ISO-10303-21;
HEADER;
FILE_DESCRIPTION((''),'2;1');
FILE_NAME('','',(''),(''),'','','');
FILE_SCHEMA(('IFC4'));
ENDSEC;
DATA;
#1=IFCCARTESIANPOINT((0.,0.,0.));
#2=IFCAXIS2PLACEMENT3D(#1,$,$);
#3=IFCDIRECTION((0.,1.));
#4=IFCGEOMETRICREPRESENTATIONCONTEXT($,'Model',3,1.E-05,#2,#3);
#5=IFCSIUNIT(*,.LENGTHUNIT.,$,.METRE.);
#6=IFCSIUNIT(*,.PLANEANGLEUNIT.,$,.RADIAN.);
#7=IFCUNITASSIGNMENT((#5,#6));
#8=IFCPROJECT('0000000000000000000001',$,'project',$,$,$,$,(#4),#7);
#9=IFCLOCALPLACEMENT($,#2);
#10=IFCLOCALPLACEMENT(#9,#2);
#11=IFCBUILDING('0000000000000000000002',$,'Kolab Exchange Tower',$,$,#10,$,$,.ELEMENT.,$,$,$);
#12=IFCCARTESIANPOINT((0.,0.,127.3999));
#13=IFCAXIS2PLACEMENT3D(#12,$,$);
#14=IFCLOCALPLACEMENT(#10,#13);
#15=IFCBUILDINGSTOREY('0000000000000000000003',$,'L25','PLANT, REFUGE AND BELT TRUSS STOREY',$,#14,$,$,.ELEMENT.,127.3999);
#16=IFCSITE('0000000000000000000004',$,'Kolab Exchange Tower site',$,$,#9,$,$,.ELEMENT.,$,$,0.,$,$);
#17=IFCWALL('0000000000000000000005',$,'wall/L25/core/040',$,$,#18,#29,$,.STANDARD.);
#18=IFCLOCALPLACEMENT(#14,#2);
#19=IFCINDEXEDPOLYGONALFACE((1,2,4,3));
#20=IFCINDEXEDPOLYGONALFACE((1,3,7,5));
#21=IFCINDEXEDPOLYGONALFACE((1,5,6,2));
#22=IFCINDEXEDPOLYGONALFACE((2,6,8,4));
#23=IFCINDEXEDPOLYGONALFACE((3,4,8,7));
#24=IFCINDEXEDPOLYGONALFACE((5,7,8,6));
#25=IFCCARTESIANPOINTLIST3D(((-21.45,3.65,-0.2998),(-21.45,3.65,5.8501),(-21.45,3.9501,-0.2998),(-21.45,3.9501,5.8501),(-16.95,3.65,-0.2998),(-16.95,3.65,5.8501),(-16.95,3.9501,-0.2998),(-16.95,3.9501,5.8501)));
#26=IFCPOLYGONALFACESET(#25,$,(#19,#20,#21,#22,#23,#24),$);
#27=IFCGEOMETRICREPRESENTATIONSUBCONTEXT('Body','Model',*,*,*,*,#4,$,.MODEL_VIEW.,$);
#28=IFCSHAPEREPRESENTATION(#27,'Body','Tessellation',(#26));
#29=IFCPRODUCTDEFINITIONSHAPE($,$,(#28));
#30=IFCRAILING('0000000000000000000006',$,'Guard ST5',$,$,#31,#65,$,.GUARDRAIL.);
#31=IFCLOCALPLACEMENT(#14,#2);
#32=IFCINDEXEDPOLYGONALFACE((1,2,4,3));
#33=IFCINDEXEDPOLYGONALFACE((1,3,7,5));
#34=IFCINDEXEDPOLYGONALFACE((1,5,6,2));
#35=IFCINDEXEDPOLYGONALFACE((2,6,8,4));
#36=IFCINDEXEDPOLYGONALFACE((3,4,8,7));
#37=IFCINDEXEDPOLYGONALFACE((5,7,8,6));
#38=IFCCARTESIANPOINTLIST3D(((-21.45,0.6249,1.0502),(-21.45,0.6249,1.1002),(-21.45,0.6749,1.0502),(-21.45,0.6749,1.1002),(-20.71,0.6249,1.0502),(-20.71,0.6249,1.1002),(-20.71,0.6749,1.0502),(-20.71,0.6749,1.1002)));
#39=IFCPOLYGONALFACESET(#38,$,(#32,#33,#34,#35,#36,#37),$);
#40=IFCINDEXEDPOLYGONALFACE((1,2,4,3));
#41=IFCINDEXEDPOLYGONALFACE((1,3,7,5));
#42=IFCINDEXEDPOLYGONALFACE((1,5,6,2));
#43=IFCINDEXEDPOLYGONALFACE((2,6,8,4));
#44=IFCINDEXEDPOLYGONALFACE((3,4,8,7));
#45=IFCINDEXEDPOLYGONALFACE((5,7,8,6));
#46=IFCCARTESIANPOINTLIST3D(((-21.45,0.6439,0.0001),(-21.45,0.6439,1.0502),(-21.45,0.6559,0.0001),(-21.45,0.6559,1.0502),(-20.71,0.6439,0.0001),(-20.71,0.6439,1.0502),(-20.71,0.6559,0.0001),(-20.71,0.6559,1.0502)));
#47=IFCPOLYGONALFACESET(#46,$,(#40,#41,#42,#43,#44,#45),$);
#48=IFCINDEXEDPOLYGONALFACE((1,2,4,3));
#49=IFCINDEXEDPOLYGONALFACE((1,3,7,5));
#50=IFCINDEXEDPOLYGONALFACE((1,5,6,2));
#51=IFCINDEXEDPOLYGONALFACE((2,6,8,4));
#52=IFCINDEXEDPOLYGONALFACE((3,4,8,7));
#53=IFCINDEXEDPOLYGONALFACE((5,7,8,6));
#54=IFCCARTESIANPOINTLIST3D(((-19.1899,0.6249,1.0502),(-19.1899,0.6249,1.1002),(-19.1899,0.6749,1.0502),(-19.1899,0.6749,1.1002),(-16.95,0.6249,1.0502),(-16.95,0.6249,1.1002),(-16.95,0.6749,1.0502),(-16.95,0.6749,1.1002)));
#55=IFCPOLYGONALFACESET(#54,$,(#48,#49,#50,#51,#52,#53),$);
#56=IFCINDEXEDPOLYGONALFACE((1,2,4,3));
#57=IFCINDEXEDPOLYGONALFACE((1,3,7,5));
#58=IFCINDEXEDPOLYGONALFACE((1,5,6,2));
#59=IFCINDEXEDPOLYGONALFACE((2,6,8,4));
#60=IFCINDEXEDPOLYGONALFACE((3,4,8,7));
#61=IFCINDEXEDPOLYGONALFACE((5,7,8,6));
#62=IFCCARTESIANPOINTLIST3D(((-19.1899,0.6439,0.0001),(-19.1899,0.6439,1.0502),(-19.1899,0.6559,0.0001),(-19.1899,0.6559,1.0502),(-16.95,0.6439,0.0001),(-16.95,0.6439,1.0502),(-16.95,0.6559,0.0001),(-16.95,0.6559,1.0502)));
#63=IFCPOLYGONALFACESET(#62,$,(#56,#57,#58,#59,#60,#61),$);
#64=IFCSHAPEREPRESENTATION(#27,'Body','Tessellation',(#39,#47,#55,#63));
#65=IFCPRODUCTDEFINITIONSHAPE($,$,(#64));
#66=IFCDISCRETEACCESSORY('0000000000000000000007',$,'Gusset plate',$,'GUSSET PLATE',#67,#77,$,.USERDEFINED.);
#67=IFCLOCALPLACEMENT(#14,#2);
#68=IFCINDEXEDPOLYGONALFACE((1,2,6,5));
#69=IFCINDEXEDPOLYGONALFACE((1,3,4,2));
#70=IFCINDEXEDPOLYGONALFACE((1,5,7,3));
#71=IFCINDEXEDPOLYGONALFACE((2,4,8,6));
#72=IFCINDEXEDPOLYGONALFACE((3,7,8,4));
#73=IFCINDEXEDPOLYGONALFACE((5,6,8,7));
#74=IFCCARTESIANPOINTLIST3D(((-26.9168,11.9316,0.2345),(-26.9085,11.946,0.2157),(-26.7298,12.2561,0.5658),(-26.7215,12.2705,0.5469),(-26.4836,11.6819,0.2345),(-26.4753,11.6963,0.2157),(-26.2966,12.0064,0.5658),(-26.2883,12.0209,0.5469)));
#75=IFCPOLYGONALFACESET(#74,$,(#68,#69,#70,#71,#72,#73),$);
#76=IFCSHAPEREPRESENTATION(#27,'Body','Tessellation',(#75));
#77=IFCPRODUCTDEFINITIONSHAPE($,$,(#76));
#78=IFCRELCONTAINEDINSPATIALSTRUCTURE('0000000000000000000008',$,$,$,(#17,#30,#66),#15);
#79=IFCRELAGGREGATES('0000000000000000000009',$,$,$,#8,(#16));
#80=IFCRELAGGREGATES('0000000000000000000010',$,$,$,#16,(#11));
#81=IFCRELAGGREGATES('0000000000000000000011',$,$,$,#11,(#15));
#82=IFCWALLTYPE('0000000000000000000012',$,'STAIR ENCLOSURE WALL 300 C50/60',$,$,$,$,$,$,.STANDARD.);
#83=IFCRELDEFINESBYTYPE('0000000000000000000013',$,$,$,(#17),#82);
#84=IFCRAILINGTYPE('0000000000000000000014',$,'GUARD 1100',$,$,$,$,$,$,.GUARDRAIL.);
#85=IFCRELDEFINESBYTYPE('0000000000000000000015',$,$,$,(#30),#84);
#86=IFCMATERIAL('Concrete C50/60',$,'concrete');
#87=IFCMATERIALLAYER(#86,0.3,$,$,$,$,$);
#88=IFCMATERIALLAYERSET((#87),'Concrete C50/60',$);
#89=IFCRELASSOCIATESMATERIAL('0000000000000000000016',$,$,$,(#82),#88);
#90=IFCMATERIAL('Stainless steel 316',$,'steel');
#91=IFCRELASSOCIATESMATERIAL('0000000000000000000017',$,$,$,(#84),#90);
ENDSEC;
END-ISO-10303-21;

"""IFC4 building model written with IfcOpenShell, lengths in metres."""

from ifc_helpers import new_model, si_unit, direction, frame, frame_2d, origin, origin_2d, place, context, subcontext, project, spatial, rectangle, extrude, material, layer, layer_set, type_object, element, save


model = new_model("IFC4")

# Units and contexts
model_context = context("Model", 3, precision=1e-05, world=origin(), true_north=direction((0.0, 1.0)))
body_context = subcontext(model_context, "Body", "Model", "MODEL_VIEW")
ifc_project = project(units=[si_unit("LENGTHUNIT", "METRE"), si_unit("PLANEANGLEUNIT", "RADIAN")], contexts=[model_context])

# Site, building, storey
site_placement = place(None, origin())
site = spatial("IfcSite", under=ifc_project, at=site_placement, Name="Kolab Exchange Tower site", CompositionType="ELEMENT", RefElevation=0.0)
building_placement = place(site_placement, origin())
building = spatial("IfcBuilding", under=site, at=building_placement, Name="Kolab Exchange Tower", CompositionType="ELEMENT")
storey_placement = place(building_placement, frame((0.0, 0.0, 127.3999)))
storey = spatial("IfcBuildingStorey", under=building, at=storey_placement, Name="L25", Description="PLANT, REFUGE AND BELT TRUSS STOREY", CompositionType="ELEMENT", Elevation=127.3999)

# Wall
ifc_material_1 = material(Name="Concrete C50/60", Category="concrete")
ifc_layer_1 = layer(ifc_material_1, 0.3)
ifc_layer_set_1 = layer_set([ifc_layer_1], Name="Concrete C50/60")
wall_type_1 = type_object("IfcWallType", Name="STAIR ENCLOSURE WALL 300 C50/60", PredefinedType="STANDARD", material=ifc_layer_set_1)
wall_1_placement = place(storey_placement, frame((-21.45, 3.8, -0.2998), z_axis=(0.0, 0.0, 1.0), x_axis=(1.0, 0.0, 0.0)))
element("IfcWall", 1, at=wall_1_placement, inside=storey, type_object=wall_type_1, Name="wall/L25/core/040", PredefinedType="STANDARD", context=body_context, shape_type="SweptSolid", body=[
    extrude(rectangle(XDim=4.5, YDim=0.3, at=frame_2d((2.25, 0.0))), origin(), (0.0, 0.0, 1.0), 6.1499),
])

# Railing
ifc_material_2 = material(Name="Stainless steel 316", Category="steel")
railing_type = type_object("IfcRailingType", Name="GUARD 1100", PredefinedType="GUARDRAIL", material=ifc_material_2)
railing_placement = place(storey_placement, frame((-21.45, 0.6499, 0.0)))
element("IfcRailing", 2, at=railing_placement, inside=storey, type_object=railing_type, Name="Guard ST5", PredefinedType="GUARDRAIL", context=body_context, shape_type="SweptSolid", body=[
    extrude(rectangle(XDim=0.05, YDim=0.05, at=origin_2d()), frame((0.0, 0.0, 1.0752), z_axis=(1.0, 0.0, 0.0), x_axis=(0.0, 1.0, 0.0)), (0.0, 0.0, 1.0), 0.74),
    extrude(rectangle(XDim=0.012, YDim=1.0501, at=frame_2d((0.0, 0.5251))), frame((0.0, 0.0, 0.0), z_axis=(1.0, 0.0, 0.0), x_axis=(0.0, 1.0, 0.0)), (0.0, 0.0, 1.0), 0.74),
    extrude(rectangle(XDim=0.05, YDim=0.05, at=origin_2d()), frame((2.26, 0.0, 1.0752), z_axis=(1.0, 0.0, 0.0), x_axis=(0.0, 1.0, 0.0)), (0.0, 0.0, 1.0), 2.24),
    extrude(rectangle(XDim=0.012, YDim=1.0501, at=frame_2d((0.0, 0.5251))), frame((2.26, 0.0, 0.0), z_axis=(1.0, 0.0, 0.0), x_axis=(0.0, 1.0, 0.0)), (0.0, 0.0, 1.0), 2.24),
])

# Discrete accessory
discrete_accessory_placement = place(storey_placement, frame((-26.6067, 11.969, 0.4001), z_axis=(0.330768, 0.57398, -0.749092), x_axis=(-0.86643, 0.499299, 0.0)))
element("IfcDiscreteAccessory", 3, at=discrete_accessory_placement, inside=storey, Name="Gusset plate", ObjectType="GUSSET PLATE", PredefinedType="USERDEFINED", context=body_context, shape_type="SweptSolid", body=[
    extrude(rectangle(XDim=0.5, YDim=0.5, at=origin_2d()), origin(), (0.0, 0.0, 1.0), 0.0251),
])

save(model, "model.ifc")
